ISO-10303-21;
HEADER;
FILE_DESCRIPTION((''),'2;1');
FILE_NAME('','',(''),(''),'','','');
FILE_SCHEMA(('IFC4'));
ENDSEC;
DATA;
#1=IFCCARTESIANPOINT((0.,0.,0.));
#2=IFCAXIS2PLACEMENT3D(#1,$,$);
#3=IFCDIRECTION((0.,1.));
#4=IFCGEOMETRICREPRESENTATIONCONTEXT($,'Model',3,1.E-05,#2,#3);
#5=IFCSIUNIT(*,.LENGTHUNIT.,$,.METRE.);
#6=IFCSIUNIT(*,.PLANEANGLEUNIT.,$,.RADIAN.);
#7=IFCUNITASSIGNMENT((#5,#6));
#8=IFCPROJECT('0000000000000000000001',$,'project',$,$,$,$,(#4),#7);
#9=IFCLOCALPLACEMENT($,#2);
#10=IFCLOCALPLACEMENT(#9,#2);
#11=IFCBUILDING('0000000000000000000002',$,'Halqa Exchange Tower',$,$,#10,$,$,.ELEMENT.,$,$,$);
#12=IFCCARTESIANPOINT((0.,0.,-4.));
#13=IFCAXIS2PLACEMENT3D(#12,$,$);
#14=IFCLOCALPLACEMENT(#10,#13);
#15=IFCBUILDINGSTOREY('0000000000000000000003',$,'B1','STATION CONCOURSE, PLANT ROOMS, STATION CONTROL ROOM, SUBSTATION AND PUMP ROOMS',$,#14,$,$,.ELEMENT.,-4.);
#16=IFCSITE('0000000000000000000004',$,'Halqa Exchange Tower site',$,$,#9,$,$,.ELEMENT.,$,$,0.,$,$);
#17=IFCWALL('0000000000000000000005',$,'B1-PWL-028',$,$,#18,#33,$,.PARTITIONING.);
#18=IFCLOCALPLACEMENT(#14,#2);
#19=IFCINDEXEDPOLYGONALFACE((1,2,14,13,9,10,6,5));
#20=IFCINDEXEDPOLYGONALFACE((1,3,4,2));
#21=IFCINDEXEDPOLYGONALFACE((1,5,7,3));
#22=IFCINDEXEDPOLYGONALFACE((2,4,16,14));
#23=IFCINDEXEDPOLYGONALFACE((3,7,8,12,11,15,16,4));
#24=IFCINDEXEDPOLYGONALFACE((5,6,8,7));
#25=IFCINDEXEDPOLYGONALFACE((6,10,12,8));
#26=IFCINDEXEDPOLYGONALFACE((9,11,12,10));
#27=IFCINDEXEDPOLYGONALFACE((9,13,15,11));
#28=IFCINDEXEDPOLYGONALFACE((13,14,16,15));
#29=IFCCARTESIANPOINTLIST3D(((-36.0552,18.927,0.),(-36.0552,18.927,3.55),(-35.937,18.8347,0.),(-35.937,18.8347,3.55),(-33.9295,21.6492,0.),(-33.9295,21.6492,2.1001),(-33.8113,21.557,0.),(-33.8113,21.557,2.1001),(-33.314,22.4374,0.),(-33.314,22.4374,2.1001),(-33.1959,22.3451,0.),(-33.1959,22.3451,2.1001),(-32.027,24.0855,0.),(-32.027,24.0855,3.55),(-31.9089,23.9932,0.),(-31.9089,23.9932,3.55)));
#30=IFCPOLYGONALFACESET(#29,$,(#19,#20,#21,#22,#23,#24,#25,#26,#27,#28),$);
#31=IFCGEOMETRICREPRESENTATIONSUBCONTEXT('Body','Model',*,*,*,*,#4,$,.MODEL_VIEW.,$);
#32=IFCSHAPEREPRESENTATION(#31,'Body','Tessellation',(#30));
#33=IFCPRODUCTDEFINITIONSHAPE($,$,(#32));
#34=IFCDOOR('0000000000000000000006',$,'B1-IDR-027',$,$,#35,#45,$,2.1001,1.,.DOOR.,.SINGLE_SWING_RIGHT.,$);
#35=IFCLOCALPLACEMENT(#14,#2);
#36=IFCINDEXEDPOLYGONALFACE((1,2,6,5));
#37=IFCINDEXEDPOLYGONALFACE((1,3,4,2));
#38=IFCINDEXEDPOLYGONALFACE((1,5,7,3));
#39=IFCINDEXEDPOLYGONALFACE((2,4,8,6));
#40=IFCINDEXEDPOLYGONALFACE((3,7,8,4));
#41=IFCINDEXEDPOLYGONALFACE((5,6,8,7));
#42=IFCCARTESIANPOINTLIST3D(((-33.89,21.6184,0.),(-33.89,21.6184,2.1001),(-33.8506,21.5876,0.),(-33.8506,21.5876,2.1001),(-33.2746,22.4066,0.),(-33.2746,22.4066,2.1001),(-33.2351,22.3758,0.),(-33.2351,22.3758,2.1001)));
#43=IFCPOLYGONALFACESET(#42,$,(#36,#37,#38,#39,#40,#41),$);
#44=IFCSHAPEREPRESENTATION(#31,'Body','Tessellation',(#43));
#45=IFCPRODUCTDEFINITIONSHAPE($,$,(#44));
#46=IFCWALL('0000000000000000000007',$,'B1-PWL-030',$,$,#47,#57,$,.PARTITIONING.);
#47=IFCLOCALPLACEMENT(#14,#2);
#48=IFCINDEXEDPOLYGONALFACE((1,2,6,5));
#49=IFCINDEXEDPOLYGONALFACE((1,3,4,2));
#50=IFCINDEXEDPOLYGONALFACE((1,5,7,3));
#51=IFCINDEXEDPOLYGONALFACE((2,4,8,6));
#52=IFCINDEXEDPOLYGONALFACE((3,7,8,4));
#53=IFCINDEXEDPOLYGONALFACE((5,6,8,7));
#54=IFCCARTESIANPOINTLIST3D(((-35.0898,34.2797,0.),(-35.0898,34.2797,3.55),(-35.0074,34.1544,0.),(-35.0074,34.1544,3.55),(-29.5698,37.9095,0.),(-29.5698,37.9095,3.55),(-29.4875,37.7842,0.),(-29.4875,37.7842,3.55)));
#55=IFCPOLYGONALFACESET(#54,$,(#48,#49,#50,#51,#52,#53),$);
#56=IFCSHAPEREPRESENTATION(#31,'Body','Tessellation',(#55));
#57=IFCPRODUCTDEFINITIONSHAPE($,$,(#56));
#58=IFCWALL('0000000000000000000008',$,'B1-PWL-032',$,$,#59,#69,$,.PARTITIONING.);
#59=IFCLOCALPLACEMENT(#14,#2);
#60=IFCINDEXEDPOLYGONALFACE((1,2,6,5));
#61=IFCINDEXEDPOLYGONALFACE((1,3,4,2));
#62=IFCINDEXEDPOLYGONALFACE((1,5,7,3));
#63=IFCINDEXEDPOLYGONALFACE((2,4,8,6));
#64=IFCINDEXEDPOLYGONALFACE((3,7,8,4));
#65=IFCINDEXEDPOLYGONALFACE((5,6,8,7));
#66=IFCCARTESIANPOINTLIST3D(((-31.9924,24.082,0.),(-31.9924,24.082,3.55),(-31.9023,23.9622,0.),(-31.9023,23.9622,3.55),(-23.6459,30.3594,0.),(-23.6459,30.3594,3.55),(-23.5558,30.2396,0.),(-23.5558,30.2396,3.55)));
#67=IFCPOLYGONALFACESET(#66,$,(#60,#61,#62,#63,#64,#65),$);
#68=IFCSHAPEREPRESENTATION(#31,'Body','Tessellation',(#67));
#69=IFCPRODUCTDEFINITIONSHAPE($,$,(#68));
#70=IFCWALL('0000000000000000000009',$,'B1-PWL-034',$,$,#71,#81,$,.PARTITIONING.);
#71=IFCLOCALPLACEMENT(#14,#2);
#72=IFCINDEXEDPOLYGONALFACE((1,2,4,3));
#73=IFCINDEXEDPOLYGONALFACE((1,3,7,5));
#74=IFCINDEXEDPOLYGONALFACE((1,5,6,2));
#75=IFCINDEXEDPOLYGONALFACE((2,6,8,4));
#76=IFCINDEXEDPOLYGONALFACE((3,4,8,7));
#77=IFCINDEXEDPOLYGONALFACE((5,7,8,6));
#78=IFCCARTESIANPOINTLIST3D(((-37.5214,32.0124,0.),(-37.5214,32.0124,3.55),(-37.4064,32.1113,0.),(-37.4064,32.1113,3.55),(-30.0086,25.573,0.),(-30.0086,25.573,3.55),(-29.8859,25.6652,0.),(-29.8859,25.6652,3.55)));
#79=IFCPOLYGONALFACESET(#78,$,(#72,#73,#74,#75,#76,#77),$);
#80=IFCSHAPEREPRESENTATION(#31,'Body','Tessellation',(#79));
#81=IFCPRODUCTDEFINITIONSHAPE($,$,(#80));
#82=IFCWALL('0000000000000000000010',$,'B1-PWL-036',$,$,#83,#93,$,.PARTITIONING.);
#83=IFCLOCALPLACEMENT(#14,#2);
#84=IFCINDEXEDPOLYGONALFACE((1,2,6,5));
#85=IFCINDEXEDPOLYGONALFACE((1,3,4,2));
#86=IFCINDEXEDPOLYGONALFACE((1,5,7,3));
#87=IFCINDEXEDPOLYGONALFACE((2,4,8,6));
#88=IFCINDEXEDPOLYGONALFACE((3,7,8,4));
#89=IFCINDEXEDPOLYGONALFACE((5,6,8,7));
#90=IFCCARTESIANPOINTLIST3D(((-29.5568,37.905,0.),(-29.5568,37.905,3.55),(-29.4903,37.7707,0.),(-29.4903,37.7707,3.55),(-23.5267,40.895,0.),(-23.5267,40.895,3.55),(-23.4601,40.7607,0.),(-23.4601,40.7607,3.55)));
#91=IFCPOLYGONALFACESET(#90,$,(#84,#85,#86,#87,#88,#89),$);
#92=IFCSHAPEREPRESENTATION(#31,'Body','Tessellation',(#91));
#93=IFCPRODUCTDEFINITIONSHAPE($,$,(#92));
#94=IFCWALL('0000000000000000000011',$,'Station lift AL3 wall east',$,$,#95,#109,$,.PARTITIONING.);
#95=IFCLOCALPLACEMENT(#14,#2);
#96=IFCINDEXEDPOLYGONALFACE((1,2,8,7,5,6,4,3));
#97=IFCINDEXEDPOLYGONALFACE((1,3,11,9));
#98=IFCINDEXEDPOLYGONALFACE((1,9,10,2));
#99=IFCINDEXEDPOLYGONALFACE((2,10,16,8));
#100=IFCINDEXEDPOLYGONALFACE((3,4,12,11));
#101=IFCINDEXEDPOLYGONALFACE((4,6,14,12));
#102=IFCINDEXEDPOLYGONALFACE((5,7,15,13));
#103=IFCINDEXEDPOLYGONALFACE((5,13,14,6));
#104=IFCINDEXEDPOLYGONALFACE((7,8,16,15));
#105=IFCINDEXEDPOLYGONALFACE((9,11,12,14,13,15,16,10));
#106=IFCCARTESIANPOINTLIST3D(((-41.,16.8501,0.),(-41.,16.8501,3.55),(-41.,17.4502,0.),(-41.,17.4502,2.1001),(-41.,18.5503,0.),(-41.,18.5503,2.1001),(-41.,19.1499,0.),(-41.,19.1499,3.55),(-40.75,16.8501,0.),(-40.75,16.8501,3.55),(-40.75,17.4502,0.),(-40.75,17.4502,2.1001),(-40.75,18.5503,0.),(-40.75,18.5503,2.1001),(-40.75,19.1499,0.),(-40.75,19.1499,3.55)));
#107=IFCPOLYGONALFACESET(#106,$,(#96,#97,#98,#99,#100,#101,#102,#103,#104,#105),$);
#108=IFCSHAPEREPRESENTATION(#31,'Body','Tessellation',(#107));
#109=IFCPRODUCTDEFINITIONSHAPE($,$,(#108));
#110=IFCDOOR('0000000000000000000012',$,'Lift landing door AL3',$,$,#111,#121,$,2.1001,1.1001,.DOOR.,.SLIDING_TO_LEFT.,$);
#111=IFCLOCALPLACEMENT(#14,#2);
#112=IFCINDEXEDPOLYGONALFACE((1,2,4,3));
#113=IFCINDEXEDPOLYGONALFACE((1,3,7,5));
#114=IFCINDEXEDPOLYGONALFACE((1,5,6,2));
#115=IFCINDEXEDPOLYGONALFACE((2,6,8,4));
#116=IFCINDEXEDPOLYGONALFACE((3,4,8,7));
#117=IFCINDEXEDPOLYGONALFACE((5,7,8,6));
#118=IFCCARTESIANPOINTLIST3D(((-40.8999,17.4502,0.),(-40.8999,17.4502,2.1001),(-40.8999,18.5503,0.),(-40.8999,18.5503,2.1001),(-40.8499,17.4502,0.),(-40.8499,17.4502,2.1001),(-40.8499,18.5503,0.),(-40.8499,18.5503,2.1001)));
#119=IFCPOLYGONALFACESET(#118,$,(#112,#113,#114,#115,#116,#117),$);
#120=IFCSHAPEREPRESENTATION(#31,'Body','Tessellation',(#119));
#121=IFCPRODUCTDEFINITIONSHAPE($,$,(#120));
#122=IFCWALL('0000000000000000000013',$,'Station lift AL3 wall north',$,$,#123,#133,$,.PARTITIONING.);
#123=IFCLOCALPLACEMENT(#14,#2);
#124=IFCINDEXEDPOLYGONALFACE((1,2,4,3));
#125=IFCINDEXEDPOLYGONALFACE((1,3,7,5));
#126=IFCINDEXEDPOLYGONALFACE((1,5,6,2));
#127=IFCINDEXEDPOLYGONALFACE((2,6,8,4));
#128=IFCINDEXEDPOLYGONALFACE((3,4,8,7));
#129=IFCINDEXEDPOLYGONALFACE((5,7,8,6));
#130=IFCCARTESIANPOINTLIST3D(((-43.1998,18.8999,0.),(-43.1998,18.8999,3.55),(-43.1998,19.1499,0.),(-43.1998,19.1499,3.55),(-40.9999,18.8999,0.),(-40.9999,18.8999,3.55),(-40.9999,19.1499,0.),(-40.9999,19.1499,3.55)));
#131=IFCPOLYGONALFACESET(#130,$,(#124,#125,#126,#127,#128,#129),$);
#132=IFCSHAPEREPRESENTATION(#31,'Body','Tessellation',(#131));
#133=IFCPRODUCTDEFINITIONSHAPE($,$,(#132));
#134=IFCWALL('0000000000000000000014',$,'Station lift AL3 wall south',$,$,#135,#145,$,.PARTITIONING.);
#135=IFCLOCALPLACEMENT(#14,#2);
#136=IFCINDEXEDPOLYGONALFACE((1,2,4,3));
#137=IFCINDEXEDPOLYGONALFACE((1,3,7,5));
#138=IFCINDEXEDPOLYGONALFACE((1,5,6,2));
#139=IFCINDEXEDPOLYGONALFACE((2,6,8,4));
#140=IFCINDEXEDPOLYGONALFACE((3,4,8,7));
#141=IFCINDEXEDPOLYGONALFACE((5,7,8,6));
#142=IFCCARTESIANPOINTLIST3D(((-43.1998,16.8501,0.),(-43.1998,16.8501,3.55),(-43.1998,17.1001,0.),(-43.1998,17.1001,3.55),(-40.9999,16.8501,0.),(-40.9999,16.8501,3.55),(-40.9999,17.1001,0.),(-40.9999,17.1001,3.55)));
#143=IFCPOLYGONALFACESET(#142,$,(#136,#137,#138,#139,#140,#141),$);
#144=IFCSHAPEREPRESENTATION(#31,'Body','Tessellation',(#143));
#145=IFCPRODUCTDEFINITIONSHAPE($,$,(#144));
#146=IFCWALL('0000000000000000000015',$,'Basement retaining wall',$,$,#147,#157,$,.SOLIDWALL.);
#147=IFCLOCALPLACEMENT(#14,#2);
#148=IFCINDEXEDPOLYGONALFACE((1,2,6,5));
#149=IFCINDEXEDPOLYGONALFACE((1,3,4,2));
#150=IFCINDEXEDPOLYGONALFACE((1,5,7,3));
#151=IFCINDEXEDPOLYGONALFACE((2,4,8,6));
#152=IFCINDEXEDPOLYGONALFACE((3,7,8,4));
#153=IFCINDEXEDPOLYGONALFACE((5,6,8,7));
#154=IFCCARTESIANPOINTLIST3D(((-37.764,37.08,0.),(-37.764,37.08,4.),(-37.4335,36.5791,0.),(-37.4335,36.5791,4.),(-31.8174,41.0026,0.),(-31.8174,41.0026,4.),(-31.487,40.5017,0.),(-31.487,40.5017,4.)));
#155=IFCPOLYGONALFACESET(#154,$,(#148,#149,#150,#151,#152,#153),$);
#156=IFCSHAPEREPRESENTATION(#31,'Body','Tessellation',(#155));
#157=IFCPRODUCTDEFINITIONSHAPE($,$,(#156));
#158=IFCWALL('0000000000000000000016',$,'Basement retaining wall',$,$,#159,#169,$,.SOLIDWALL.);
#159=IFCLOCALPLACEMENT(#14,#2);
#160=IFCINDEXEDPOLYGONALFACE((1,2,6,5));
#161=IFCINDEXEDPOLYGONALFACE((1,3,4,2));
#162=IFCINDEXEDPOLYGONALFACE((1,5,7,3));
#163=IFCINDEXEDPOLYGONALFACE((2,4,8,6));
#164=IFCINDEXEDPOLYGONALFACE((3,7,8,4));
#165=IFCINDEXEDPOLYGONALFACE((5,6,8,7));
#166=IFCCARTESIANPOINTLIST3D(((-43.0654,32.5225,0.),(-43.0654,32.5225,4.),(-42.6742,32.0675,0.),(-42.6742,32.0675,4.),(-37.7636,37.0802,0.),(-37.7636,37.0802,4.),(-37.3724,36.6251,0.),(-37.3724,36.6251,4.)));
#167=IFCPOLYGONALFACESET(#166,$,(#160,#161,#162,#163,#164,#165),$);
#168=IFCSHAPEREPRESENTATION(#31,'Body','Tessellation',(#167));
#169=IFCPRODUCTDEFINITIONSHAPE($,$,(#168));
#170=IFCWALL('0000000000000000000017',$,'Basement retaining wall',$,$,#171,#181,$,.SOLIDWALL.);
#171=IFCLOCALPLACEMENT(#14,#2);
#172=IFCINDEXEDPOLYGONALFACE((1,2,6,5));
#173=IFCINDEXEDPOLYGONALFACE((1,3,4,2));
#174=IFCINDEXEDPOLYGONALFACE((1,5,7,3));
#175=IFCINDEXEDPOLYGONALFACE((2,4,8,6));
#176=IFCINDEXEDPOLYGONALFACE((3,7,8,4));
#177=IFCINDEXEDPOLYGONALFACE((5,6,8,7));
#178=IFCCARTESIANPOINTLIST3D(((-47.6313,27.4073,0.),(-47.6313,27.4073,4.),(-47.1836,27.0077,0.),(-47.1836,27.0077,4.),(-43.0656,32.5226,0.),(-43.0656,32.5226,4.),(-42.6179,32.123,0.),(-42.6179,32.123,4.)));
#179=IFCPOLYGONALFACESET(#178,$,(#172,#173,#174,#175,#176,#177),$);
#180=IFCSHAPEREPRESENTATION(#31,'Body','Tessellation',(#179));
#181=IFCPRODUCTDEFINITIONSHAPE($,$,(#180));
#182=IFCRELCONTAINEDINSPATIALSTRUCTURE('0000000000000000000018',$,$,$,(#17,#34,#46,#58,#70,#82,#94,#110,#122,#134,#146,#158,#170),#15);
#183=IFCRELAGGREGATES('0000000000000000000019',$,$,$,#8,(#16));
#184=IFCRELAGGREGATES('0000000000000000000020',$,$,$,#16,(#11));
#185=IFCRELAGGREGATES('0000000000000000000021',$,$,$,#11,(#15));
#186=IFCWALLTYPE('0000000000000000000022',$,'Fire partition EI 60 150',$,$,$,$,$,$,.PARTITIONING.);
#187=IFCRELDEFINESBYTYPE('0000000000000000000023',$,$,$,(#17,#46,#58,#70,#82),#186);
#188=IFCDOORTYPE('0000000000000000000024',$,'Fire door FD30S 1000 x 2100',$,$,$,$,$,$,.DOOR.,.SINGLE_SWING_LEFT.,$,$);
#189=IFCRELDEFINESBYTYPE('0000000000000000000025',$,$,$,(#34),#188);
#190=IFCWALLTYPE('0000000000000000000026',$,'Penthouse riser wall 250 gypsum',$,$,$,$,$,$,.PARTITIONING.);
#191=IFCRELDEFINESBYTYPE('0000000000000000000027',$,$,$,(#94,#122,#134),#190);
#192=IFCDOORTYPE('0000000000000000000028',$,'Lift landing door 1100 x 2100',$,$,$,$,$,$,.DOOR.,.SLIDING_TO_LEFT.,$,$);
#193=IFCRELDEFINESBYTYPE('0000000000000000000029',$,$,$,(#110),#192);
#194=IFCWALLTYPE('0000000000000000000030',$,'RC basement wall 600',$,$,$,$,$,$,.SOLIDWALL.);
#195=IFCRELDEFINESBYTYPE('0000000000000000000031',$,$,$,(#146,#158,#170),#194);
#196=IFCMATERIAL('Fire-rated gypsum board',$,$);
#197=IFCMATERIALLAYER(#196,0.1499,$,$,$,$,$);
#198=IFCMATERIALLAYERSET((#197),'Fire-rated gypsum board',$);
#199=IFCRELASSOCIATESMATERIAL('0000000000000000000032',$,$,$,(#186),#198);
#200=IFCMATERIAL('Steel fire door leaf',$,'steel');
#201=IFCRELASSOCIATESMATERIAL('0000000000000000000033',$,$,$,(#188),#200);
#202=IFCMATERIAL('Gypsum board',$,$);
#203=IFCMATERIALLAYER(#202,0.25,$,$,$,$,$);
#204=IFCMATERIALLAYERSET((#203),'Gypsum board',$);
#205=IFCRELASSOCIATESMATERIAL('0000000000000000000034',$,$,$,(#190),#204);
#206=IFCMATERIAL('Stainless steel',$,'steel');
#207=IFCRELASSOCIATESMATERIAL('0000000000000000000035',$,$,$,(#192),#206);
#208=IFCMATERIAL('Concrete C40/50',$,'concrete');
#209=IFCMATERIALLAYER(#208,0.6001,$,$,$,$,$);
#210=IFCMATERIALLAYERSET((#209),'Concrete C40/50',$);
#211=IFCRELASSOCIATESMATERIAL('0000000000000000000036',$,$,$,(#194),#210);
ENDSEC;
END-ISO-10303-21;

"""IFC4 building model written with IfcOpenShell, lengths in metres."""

from ifc_helpers import new_model, si_unit, direction, frame, frame_2d, origin, place, context, subcontext, project, spatial, polyline, rectangle, outline, extrude, material, layer, layer_set, type_object, element, fill, save


model = new_model("IFC4")

# Units and contexts
model_context = context("Model", 3, precision=1e-05, world=origin(), true_north=direction((0.0, 1.0)))
body_context = subcontext(model_context, "Body", "Model", "MODEL_VIEW")
ifc_project = project(units=[si_unit("LENGTHUNIT", "METRE"), si_unit("PLANEANGLEUNIT", "RADIAN")], contexts=[model_context])

# Site, building, storey
site_placement = place(None, origin())
site = spatial("IfcSite", under=ifc_project, at=site_placement, Name="Halqa Exchange Tower site", CompositionType="ELEMENT", RefElevation=0.0)
building_placement = place(site_placement, origin())
building = spatial("IfcBuilding", under=site, at=building_placement, Name="Halqa Exchange Tower", CompositionType="ELEMENT")
storey_placement = place(building_placement, frame((0.0, 0.0, -4.0)))
storey = spatial("IfcBuildingStorey", under=building, at=storey_placement, Name="B1", Description="STATION CONCOURSE, PLANT ROOMS, STATION CONTROL ROOM, SUBSTATION AND PUMP ROOMS", CompositionType="ELEMENT", Elevation=-4.0)

# Shared definitions
ifc_material_1 = material(Name="Fire-rated gypsum board")
ifc_layer_1 = layer(ifc_material_1, 0.1499)
ifc_layer_set_1 = layer_set([ifc_layer_1], Name="Fire-rated gypsum board")
wall_type_1 = type_object("IfcWallType", Name="Fire partition EI 60 150", PredefinedType="PARTITIONING", material=ifc_layer_set_1)

# Wall, opening, door
wall_1_placement = place(storey_placement, frame((-35.9961, 18.8809, 0.0), z_axis=(0.0, 0.0, 1.0), x_axis=(0.615458, 0.78817, 0.0)))
wall_1 = element("IfcWall", 1, at=wall_1_placement, inside=storey, type_object=wall_type_1, Name="B1-PWL-028", PredefinedType="PARTITIONING", context=body_context, shape_type="SweptSolid", body=[
    extrude(rectangle(XDim=6.5449, YDim=0.1499, at=frame_2d((3.2725, 0.0))), origin(), (0.0, 0.0, 1.0), 3.55),
])
opening_1_placement = place(wall_1_placement, frame((3.4539, 0.0, 0.0)))
opening_1 = element("IfcOpeningElement", 2, at=opening_1_placement, cuts=wall_1, PredefinedType="OPENING", context=body_context, shape_type="SweptSolid", body=[
    extrude(rectangle(XDim=1.0, YDim=2.1001, at=frame_2d((0.5, 1.05))), frame((0.0, 0.0869, 0.0), z_axis=(0.0, -1.0, 0.0), x_axis=(1.0, 0.0, 0.0)), (0.0, 0.0, 1.0), 0.1738),
])
ifc_material_2 = material(Name="Steel fire door leaf", Category="steel")
door_type_1 = type_object("IfcDoorType", Name="Fire door FD30S 1000 x 2100", OperationType="SINGLE_SWING_LEFT", PredefinedType="DOOR", material=ifc_material_2)
door_1_placement = place(opening_1_placement, origin())
door_1 = element("IfcDoor", 3, at=door_1_placement, inside=storey, type_object=door_type_1, Name="B1-IDR-027", OperationType="SINGLE_SWING_RIGHT", OverallHeight=2.1001, OverallWidth=1.0, PredefinedType="DOOR", context=body_context, shape_type="SweptSolid", body=[
    extrude(rectangle(XDim=1.0, YDim=2.1001, at=frame_2d((0.5, 1.05))), frame((0.0, 0.0249, 0.0), z_axis=(0.0, -1.0, 0.0), x_axis=(1.0, 0.0, 0.0)), (0.0, 0.0, 1.0), 0.05),
])
fill(opening_1, door_1)

# Walls
wall_2_placement = place(storey_placement, frame((-35.0486, 34.217, 0.0), z_axis=(0.0, 0.0, 1.0), x_axis=(0.835536, 0.549436, 0.0)))
element("IfcWall", 4, at=wall_2_placement, inside=storey, type_object=wall_type_1, Name="B1-PWL-030", PredefinedType="PARTITIONING", context=body_context, shape_type="SweptSolid", body=[
    extrude(rectangle(XDim=6.6064, YDim=0.1499, at=frame_2d((3.3032, 0.0))), origin(), (0.0, 0.0, 1.0), 3.55),
])
wall_3_placement = place(storey_placement, frame((-31.9473, 24.0222, 0.0), z_axis=(0.0, 0.0, 1.0), x_axis=(0.799194, 0.601073, 0.0)))
element("IfcWall", 5, at=wall_3_placement, inside=storey, type_object=wall_type_1, Name="B1-PWL-032", PredefinedType="PARTITIONING", context=body_context, shape_type="SweptSolid", body=[
    extrude(rectangle(XDim=10.4436, YDim=0.1499, at=frame_2d((5.2217, 0.0))), origin(), (0.0, 0.0, 1.0), 3.55),
])
wall_4_placement = place(storey_placement, frame((-29.9473, 25.6191, 0.0), z_axis=(0.0, 0.0, 1.0), x_axis=(-0.759265, 0.650781, 0.0)))
element("IfcWall", 6, at=wall_4_placement, inside=storey, type_object=wall_type_1, Name="B1-PWL-034", PredefinedType="PARTITIONING", context=body_context, shape_type="SweptSolid", body=[
    extrude(outline(polyline([(-0.0166, -0.075), (9.8884, -0.075), (9.9114, 0.075), (0.0166, 0.075), (-0.0166, -0.075)])), origin(), (0.0, 0.0, 1.0), 3.55),
])
wall_5_placement = place(storey_placement, frame((-29.5234, 37.8379, 0.0), z_axis=(0.0, 0.0, 1.0), x_axis=(0.895909, 0.444237, 0.0)))
element("IfcWall", 7, at=wall_5_placement, inside=storey, type_object=wall_type_1, Name="B1-PWL-036", PredefinedType="PARTITIONING", context=body_context, shape_type="SweptSolid", body=[
    extrude(rectangle(XDim=6.7307, YDim=0.1499, at=frame_2d((3.3652, 0.0))), origin(), (0.0, 0.0, 1.0), 3.55),
])

# Wall, opening, door
ifc_material_3 = material(Name="Gypsum board")
ifc_layer_2 = layer(ifc_material_3, 0.25)
ifc_layer_set_2 = layer_set([ifc_layer_2], Name="Gypsum board")
wall_type_2 = type_object("IfcWallType", Name="Penthouse riser wall 250 gypsum", PredefinedType="PARTITIONING", material=ifc_layer_set_2)
wall_6_placement = place(storey_placement, frame((-40.875, 16.8501, 0.0), z_axis=(0.0, 0.0, 1.0), x_axis=(0.0, 1.0, 0.0)))
wall_6 = element("IfcWall", 8, at=wall_6_placement, inside=storey, type_object=wall_type_2, Name="Station lift AL3 wall east", PredefinedType="PARTITIONING", context=body_context, shape_type="SweptSolid", body=[
    extrude(rectangle(XDim=2.2998, YDim=0.25, at=frame_2d((1.1499, 0.0))), origin(), (0.0, 0.0, 1.0), 3.55),
])
opening_2_placement = place(wall_6_placement, frame((0.6001, 0.0, 0.0)))
opening_2 = element("IfcOpeningElement", 9, at=opening_2_placement, cuts=wall_6, PredefinedType="OPENING", context=body_context, shape_type="SweptSolid", body=[
    extrude(rectangle(XDim=1.1001, YDim=2.1001, at=frame_2d((0.55, 1.05))), frame((0.0, 0.137, 0.0), z_axis=(0.0, -1.0, 0.0), x_axis=(1.0, 0.0, 0.0)), (0.0, 0.0, 1.0), 0.2739),
])
ifc_material_4 = material(Name="Stainless steel", Category="steel")
door_type_2 = type_object("IfcDoorType", Name="Lift landing door 1100 x 2100", OperationType="SLIDING_TO_LEFT", PredefinedType="DOOR", material=ifc_material_4)
door_2_placement = place(opening_2_placement, origin())
door_2 = element("IfcDoor", 10, at=door_2_placement, inside=storey, type_object=door_type_2, Name="Lift landing door AL3", OperationType="SLIDING_TO_LEFT", OverallHeight=2.1001, OverallWidth=1.1001, PredefinedType="DOOR", context=body_context, shape_type="SweptSolid", body=[
    extrude(rectangle(XDim=1.1001, YDim=2.1001, at=frame_2d((0.55, 1.05))), frame((0.0, 0.0249, 0.0), z_axis=(0.0, -1.0, 0.0), x_axis=(1.0, 0.0, 0.0)), (0.0, 0.0, 1.0), 0.05),
])
fill(opening_2, door_2)

# Walls
for number, where, z_axis, x_axis, name in (
    (11, (-43.2, 19.0249, 0.0), (0.0, 0.0, 1.0), (1.0, 0.0, 0.0), "Station lift AL3 wall north"),
    (12, (-43.2, 16.9751, 0.0), (0.0, 0.0, 1.0), (1.0, 0.0, 0.0), "Station lift AL3 wall south"),
):
    element("IfcWall", number, at=place(storey_placement, frame(where, z_axis=z_axis, x_axis=x_axis)), inside=storey, type_object=wall_type_2, Name=name, PredefinedType="PARTITIONING", context=body_context, shape_type="SweptSolid", body=[
        extrude(rectangle(XDim=2.2, YDim=0.25, at=frame_2d((1.1001, 0.0))), origin(), (0.0, 0.0, 1.0), 3.55),
    ])
ifc_material_5 = material(Name="Concrete C40/50", Category="concrete")
ifc_layer_3 = layer(ifc_material_5, 0.6001)
ifc_layer_set_3 = layer_set([ifc_layer_3], Name="Concrete C40/50")
wall_type_3 = type_object("IfcWallType", Name="RC basement wall 600", PredefinedType="SOLIDWALL", material=ifc_layer_set_3)
wall_7_placement = place(storey_placement, frame((-31.6521, 40.7522, 0.0), z_axis=(0.0, 0.0, 1.0), x_axis=(-0.834745, -0.550636, 0.0)))
element("IfcWall", 13, at=wall_7_placement, inside=storey, type_object=wall_type_3, Name="Basement retaining wall", PredefinedType="SOLIDWALL", context=body_context, shape_type="SweptSolid", body=[
    extrude(rectangle(XDim=7.1238, YDim=0.6001, at=frame_2d((3.562, 0.0))), origin(), (0.0, 0.0, 1.0), 4.0),
])
wall_8_placement = place(storey_placement, frame((-37.5681, 36.8525, 0.0), z_axis=(0.0, 0.0, 1.0), x_axis=(-0.758319, -0.651883, 0.0)))
element("IfcWall", 14, at=wall_8_placement, inside=storey, type_object=wall_type_3, Name="Basement retaining wall", PredefinedType="SOLIDWALL", context=body_context, shape_type="SweptSolid", body=[
    extrude(rectangle(XDim=6.9915, YDim=0.6001, at=frame_2d((3.4956, 0.0))), origin(), (0.0, 0.0, 1.0), 4.0),
])
wall_9_placement = place(storey_placement, frame((-42.8418, 32.3228, 0.0), z_axis=(0.0, 0.0, 1.0), x_axis=(-0.665894, -0.746046, 0.0)))
element("IfcWall", 15, at=wall_9_placement, inside=storey, type_object=wall_type_3, Name="Basement retaining wall", PredefinedType="SOLIDWALL", context=body_context, shape_type="SweptSolid", body=[
    extrude(rectangle(XDim=6.8564, YDim=0.6001, at=frame_2d((3.4282, 0.0))), origin(), (0.0, 0.0, 1.0), 4.0),
])

save(model, "model.ifc")
